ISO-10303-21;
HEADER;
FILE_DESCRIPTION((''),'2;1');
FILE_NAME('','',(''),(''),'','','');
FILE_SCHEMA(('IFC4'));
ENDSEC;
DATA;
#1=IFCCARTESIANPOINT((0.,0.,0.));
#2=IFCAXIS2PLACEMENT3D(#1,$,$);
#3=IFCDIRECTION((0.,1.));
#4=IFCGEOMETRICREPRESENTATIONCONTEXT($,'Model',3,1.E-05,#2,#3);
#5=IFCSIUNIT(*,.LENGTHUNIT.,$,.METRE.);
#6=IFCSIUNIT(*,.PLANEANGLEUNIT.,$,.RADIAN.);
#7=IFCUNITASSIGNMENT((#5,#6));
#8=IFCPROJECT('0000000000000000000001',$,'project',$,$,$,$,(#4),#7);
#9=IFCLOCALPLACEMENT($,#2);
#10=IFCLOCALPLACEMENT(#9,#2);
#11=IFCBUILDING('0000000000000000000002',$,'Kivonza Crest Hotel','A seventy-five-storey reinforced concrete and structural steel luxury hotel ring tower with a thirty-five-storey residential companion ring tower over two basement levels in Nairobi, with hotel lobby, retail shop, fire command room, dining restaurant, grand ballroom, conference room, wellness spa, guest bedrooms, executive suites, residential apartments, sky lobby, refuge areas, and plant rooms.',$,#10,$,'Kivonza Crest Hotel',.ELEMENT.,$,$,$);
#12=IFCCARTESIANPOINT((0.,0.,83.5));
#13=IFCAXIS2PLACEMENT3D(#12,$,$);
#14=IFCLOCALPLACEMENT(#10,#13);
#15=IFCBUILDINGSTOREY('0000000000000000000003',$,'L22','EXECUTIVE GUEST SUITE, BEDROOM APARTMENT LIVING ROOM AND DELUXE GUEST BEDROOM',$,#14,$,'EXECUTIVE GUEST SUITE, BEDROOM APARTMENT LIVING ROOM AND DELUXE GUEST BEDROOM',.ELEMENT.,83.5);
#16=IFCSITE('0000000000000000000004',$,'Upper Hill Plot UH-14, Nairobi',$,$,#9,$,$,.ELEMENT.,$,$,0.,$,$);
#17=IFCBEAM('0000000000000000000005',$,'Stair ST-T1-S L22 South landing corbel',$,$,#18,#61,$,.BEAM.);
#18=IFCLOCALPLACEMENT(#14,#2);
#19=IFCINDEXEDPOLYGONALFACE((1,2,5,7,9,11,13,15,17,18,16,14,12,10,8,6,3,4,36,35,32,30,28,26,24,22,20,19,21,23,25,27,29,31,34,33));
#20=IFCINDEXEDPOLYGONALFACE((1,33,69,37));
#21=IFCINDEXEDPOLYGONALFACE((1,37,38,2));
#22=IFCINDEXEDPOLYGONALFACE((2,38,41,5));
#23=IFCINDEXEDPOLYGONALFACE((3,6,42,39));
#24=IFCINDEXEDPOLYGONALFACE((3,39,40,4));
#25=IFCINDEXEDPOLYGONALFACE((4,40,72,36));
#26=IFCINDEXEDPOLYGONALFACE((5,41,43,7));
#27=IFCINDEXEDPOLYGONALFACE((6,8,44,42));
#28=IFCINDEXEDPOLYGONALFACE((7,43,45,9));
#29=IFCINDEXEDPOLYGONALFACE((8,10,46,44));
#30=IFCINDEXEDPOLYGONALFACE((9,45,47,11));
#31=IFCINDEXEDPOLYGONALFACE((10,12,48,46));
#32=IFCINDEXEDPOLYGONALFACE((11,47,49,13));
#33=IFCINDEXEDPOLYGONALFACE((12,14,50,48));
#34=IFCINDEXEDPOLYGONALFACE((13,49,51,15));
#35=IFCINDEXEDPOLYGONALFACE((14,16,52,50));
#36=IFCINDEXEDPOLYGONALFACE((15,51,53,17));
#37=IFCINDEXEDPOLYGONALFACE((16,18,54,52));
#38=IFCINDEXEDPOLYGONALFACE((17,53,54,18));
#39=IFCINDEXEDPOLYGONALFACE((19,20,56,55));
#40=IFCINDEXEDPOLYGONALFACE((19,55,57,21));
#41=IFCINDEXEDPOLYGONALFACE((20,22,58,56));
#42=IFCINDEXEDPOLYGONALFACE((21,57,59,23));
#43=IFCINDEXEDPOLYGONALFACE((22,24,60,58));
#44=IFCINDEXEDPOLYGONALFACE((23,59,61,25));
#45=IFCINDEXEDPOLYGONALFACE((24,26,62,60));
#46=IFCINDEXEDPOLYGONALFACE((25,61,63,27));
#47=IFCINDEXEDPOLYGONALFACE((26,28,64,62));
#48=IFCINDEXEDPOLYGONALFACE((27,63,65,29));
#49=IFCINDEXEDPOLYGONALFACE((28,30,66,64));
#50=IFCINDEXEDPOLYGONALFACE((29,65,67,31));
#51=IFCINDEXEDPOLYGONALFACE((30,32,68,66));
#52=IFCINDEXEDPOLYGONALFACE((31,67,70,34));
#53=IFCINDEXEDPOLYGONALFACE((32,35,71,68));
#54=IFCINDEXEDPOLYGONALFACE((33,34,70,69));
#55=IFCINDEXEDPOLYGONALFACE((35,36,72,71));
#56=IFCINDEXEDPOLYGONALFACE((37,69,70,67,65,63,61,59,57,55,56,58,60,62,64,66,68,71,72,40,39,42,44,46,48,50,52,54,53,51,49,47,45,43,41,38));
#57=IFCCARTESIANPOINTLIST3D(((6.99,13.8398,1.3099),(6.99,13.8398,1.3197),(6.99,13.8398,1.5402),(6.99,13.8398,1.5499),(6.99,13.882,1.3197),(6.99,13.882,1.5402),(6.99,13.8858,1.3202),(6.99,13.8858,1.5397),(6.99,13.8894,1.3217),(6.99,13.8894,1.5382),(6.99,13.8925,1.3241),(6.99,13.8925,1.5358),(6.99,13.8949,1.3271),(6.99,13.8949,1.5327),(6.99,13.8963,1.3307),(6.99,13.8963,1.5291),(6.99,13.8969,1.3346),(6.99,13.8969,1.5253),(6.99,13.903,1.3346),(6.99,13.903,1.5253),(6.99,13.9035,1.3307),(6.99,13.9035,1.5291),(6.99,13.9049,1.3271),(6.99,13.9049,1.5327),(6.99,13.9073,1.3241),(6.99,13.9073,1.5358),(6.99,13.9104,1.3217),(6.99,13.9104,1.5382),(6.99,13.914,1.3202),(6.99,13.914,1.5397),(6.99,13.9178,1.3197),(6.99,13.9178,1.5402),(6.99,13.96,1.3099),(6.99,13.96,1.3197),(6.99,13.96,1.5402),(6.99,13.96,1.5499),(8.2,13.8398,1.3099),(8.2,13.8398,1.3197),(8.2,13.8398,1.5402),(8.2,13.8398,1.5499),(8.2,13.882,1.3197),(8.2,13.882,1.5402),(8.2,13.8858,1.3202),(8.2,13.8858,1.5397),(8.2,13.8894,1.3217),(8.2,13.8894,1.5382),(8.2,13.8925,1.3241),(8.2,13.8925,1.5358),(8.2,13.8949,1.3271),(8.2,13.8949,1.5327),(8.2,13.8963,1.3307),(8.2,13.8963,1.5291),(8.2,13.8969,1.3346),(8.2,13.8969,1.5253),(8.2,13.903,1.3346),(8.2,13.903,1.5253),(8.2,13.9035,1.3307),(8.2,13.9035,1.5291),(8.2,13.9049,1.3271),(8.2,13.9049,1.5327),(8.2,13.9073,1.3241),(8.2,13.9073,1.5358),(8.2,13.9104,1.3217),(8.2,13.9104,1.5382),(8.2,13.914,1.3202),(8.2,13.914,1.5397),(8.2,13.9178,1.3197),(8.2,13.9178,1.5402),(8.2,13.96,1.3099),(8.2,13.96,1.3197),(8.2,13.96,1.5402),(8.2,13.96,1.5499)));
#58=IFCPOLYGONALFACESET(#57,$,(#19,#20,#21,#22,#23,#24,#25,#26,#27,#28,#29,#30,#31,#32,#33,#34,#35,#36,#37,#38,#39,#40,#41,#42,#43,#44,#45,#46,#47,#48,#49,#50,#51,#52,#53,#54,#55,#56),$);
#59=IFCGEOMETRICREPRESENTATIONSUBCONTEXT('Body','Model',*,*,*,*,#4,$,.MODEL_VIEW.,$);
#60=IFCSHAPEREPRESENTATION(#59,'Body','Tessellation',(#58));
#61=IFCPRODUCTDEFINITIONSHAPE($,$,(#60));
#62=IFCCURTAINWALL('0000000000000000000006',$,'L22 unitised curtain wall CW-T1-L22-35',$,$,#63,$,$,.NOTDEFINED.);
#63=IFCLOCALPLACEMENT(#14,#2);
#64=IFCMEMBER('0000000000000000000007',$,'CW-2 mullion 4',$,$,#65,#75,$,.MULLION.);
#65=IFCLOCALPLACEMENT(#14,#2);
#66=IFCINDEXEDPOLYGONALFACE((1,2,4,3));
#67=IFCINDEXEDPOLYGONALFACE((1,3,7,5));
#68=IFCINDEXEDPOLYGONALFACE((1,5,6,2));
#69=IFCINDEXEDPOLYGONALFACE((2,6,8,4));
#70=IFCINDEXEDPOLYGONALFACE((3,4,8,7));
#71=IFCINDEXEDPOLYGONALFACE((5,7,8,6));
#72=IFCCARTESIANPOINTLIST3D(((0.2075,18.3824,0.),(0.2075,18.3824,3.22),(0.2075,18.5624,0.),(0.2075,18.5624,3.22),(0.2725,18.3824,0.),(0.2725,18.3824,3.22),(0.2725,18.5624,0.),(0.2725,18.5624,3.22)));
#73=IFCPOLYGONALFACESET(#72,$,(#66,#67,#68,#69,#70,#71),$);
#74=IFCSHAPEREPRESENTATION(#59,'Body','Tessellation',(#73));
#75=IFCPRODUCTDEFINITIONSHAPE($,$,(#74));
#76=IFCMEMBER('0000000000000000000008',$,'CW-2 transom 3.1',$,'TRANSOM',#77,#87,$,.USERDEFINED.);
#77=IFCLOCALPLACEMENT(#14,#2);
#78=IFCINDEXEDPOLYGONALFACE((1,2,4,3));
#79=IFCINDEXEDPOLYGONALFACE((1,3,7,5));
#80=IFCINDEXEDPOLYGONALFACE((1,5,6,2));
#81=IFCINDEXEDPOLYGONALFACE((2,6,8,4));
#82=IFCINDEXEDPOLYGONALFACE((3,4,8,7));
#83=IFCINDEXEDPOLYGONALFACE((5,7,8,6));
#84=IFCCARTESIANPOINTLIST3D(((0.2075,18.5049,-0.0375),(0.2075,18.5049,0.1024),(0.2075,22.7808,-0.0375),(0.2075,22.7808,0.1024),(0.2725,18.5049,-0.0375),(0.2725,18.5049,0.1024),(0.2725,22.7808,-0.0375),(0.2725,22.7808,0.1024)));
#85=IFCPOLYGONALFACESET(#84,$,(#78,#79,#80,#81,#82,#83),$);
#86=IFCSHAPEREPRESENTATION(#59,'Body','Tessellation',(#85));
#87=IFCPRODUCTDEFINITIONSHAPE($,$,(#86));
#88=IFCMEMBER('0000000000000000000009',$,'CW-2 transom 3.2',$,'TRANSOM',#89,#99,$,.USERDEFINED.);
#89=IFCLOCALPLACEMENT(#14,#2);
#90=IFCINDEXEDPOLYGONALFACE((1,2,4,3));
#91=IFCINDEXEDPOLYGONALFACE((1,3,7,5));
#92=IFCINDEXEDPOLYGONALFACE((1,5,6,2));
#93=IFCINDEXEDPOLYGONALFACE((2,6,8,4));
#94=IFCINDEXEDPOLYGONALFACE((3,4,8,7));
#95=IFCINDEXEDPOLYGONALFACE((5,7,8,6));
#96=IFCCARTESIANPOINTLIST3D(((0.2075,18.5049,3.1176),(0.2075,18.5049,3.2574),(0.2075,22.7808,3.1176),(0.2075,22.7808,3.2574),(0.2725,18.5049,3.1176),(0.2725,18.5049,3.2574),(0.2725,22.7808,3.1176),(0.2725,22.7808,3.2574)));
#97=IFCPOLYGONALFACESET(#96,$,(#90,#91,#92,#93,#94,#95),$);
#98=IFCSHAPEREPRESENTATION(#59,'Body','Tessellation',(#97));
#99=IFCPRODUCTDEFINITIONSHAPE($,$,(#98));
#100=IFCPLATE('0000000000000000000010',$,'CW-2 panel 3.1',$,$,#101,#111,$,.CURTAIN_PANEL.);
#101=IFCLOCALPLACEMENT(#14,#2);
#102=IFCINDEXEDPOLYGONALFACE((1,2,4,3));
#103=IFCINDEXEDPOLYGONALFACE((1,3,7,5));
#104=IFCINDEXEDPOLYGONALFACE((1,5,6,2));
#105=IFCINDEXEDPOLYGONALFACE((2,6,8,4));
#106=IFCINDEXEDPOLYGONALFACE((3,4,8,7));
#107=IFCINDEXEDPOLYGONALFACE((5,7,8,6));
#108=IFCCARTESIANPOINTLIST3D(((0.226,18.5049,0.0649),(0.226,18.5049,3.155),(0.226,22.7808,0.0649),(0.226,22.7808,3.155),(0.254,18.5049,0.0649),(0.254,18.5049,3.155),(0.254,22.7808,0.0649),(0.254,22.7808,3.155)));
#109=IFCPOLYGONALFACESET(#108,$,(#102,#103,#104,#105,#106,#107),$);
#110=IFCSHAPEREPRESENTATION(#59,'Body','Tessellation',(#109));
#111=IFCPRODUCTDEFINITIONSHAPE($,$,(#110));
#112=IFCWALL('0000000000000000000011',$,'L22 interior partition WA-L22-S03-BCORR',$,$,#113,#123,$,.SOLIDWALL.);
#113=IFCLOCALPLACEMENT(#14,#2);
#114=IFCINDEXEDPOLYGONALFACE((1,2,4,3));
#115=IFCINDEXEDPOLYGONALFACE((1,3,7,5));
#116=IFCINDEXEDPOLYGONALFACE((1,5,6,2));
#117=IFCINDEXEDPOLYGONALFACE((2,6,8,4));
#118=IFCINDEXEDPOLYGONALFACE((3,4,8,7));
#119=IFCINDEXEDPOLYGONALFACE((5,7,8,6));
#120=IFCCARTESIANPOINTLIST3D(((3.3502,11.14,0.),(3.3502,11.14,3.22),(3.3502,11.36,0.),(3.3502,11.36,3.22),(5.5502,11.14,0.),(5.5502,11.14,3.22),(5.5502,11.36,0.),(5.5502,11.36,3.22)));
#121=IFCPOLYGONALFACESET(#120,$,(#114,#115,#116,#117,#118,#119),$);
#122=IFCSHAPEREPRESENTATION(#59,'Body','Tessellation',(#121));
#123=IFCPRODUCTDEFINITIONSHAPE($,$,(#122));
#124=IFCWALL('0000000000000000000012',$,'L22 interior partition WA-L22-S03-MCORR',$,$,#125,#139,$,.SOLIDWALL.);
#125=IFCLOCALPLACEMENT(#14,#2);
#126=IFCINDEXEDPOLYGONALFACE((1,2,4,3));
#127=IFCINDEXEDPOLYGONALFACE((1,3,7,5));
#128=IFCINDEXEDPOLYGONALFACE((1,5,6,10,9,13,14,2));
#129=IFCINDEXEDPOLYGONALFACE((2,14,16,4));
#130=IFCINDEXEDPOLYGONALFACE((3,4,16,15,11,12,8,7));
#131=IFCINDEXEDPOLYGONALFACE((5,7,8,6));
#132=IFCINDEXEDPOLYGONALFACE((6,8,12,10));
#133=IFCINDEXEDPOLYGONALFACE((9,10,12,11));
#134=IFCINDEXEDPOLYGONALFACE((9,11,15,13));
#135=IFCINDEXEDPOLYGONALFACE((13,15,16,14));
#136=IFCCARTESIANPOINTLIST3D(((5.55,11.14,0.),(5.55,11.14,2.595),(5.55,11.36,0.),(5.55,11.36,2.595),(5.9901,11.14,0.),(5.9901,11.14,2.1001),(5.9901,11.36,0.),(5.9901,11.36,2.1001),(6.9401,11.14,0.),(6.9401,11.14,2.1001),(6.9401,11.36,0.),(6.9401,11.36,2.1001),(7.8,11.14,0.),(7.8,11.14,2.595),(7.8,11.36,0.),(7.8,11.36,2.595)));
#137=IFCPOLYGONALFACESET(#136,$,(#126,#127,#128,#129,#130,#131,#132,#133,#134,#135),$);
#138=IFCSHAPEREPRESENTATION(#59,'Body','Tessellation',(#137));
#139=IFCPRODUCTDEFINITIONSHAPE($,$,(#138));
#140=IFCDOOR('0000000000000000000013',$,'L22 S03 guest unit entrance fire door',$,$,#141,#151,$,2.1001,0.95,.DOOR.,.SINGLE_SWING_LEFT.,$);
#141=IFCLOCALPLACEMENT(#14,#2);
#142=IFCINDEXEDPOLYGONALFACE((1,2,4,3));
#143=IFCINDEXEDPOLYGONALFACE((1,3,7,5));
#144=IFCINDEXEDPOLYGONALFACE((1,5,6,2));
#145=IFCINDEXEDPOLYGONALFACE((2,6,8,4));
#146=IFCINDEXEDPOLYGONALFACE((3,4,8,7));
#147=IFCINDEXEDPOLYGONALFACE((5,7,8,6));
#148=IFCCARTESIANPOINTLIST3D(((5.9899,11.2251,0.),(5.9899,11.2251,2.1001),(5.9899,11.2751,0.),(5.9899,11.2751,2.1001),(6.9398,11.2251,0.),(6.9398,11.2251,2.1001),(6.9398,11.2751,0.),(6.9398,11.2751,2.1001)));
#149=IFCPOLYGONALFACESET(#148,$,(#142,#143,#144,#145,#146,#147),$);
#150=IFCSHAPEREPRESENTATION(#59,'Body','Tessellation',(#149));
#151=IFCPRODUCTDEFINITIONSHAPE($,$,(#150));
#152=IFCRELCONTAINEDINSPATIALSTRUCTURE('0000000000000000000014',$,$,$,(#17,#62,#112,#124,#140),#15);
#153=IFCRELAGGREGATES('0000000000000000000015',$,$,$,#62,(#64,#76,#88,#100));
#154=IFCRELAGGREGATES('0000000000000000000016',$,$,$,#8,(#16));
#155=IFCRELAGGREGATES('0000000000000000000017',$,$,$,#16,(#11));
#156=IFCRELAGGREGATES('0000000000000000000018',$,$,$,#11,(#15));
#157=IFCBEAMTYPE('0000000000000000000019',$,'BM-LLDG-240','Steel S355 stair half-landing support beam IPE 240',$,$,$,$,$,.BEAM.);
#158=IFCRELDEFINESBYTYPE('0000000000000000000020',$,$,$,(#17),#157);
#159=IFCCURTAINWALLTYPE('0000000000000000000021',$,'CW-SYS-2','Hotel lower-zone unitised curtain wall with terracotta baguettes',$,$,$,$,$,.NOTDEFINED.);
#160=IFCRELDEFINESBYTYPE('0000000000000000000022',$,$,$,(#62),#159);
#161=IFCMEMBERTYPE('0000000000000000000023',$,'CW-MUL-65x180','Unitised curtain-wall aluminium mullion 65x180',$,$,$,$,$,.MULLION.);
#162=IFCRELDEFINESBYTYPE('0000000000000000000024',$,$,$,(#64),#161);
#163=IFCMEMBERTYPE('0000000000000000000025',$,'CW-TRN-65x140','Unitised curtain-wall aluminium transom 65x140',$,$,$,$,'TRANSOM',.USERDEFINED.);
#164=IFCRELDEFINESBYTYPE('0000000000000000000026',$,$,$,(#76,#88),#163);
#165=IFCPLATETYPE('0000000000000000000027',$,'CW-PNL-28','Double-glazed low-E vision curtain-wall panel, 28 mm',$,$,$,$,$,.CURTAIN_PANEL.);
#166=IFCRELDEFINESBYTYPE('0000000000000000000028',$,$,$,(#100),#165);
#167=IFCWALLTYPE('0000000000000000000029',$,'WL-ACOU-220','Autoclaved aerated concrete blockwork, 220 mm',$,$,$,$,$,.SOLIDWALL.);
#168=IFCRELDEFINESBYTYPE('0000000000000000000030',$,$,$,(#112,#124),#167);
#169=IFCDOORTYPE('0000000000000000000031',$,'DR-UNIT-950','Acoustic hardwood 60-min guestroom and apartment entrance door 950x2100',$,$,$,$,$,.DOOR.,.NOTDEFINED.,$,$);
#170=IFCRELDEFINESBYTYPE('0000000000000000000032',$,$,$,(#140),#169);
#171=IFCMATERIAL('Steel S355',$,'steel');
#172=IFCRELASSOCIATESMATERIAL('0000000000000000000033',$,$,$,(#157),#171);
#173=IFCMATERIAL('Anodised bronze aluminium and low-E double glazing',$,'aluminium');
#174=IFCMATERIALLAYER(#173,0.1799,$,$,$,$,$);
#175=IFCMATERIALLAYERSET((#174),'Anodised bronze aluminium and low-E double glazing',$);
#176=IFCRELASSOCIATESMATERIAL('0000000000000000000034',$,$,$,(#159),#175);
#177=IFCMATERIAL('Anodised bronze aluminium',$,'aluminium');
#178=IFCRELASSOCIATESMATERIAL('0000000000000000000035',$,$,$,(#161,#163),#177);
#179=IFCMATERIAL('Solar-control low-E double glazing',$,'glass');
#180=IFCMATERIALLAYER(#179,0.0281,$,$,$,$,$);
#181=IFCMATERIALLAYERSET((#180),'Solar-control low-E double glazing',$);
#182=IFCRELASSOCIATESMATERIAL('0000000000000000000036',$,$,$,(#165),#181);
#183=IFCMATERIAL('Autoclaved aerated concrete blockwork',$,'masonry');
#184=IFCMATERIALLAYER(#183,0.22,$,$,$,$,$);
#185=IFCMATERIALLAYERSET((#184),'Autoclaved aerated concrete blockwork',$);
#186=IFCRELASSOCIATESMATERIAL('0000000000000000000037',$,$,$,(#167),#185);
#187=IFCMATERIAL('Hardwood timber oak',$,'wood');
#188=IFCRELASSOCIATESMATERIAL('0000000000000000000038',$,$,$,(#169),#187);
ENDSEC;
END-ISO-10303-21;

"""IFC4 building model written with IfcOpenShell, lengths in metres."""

from ifc_helpers import new_model, si_unit, direction, frame, frame_2d, origin, origin_2d, place, context, subcontext, project, spatial, rectangle, i_section, extrude, material, layer, layer_set, material_profile, profile_set, type_object, element, fill, aggregate, save


model = new_model("IFC4")

# Units and contexts
model_context = context("Model", 3, precision=1e-05, world=origin(), true_north=direction((0.0, 1.0)))
body_context = subcontext(model_context, "Body", "Model", "MODEL_VIEW")
ifc_project = project(units=[si_unit("LENGTHUNIT", "METRE"), si_unit("PLANEANGLEUNIT", "RADIAN")], contexts=[model_context])

# Site, building, storey
site_placement = place(None, origin())
site = spatial("IfcSite", under=ifc_project, at=site_placement, Name="Upper Hill Plot UH-14, Nairobi", CompositionType="ELEMENT", RefElevation=0.0)
building_placement = place(site_placement, origin())
building = spatial("IfcBuilding", under=site, at=building_placement, Name="Kivonza Crest Hotel", Description="A seventy-five-storey reinforced concrete and structural steel luxury hotel ring tower with a thirty-five-storey residential companion ring tower over two basement levels in Nairobi, with hotel lobby, retail shop, fire command room, dining restaurant, grand ballroom, conference room, wellness spa, guest bedrooms, executive suites, residential apartments, sky lobby, refuge areas, and plant rooms.", LongName="Kivonza Crest Hotel", CompositionType="ELEMENT")
storey_placement = place(building_placement, frame((0.0, 0.0, 83.5)))
storey = spatial("IfcBuildingStorey", under=building, at=storey_placement, Name="L22", Description="EXECUTIVE GUEST SUITE, BEDROOM APARTMENT LIVING ROOM AND DELUXE GUEST BEDROOM", LongName="EXECUTIVE GUEST SUITE, BEDROOM APARTMENT LIVING ROOM AND DELUXE GUEST BEDROOM", CompositionType="ELEMENT", Elevation=83.5)

# Beam
ifc_material_1 = material(Name="Steel S355", Category="steel")
ifc_material_profile_1 = material_profile(ifc_material_1, i_section(OverallWidth=0.1201, OverallDepth=0.24, WebThickness=0.0061, FlangeThickness=0.0098, FilletRadius=0.0149, at=origin_2d()), Name="IPE 240")
ifc_profile_set_1 = profile_set([ifc_material_profile_1], Name="Steel S355")
beam_type_1 = type_object("IfcBeamType", Name="BM-LLDG-240", Description="Steel S355 stair half-landing support beam IPE 240", PredefinedType="BEAM", material=ifc_profile_set_1)
beam_1_placement = place(storey_placement, frame((6.99, 13.8999, 1.4299), z_axis=(1.0, 0.0, 0.0), x_axis=(0.0, 1.0, 0.0)))
element("IfcBeam", 1, at=beam_1_placement, inside=storey, type_object=beam_type_1, Name="Stair ST-T1-S L22 South landing corbel", PredefinedType="BEAM", context=body_context, shape_type="SweptSolid", body=[
    extrude(i_section(OverallWidth=0.1201, OverallDepth=0.24, WebThickness=0.0061, FlangeThickness=0.0098, FilletRadius=0.0149, at=origin_2d()), origin(), (0.0, 0.0, 1.0), 1.21),
])

# Curtain wall, members, plate
ifc_material_2 = material(Name="Anodised bronze aluminium and low-E double glazing", Category="aluminium")
ifc_layer_1 = layer(ifc_material_2, 0.1799)
ifc_layer_set_1 = layer_set([ifc_layer_1], Name="Anodised bronze aluminium and low-E double glazing")
curtain_wall_type = type_object("IfcCurtainWallType", Name="CW-SYS-2", Description="Hotel lower-zone unitised curtain wall with terracotta baguettes", PredefinedType="NOTDEFINED", material=ifc_layer_set_1)
curtain_wall_placement = place(storey_placement, origin())
curtain_wall = element("IfcCurtainWall", 2, at=curtain_wall_placement, inside=storey, type_object=curtain_wall_type, Name="L22 unitised curtain wall CW-T1-L22-35", PredefinedType="NOTDEFINED")
ifc_material_3 = material(Name="Anodised bronze aluminium", Category="aluminium")
ifc_material_profile_2 = material_profile(ifc_material_3, rectangle(XDim=0.0649, YDim=0.1799, at=origin_2d()), Name="CW-M 65x180")
ifc_profile_set_2 = profile_set([ifc_material_profile_2], Name="Anodised bronze aluminium")
member_type_1 = type_object("IfcMemberType", Name="CW-MUL-65x180", Description="Unitised curtain-wall aluminium mullion 65x180", PredefinedType="MULLION", material=ifc_profile_set_2)
member_1_placement = place(storey_placement, frame((0.24, 18.4724, 0.0), z_axis=(0.0, 0.0, 1.0), x_axis=(1.0, 0.0, 0.0)))
member_1 = element("IfcMember", 3, at=member_1_placement, type_object=member_type_1, Name="CW-2 mullion 4", PredefinedType="MULLION", context=body_context, shape_type="SweptSolid", body=[
    extrude(rectangle(XDim=0.0649, YDim=0.1799, at=origin_2d()), origin(), (0.0, 0.0, 1.0), 3.22),
])
ifc_material_profile_3 = material_profile(ifc_material_3, rectangle(XDim=0.0649, YDim=0.1399, at=origin_2d()), Name="CW-T 65x140")
ifc_profile_set_3 = profile_set([ifc_material_profile_3], Name="Anodised bronze aluminium")
member_type_2 = type_object("IfcMemberType", Name="CW-TRN-65x140", Description="Unitised curtain-wall aluminium transom 65x140", ElementType="TRANSOM", PredefinedType="USERDEFINED", material=ifc_profile_set_3)
member_2_placement = place(storey_placement, frame((0.24, 22.7808, 0.0325), z_axis=(0.0, -1.0, 0.0), x_axis=(1.0, 0.0, 0.0)))
member_2 = element("IfcMember", 4, at=member_2_placement, type_object=member_type_2, Name="CW-2 transom 3.1", ObjectType="TRANSOM", PredefinedType="USERDEFINED", context=body_context, shape_type="SweptSolid", body=[
    extrude(rectangle(XDim=0.0649, YDim=0.1399, at=origin_2d()), origin(), (0.0, 0.0, 1.0), 4.2759),
])
member_3_placement = place(storey_placement, frame((0.24, 22.7808, 3.1875), z_axis=(0.0, -1.0, 0.0), x_axis=(1.0, 0.0, 0.0)))
member_3 = element("IfcMember", 5, at=member_3_placement, type_object=member_type_2, Name="CW-2 transom 3.2", ObjectType="TRANSOM", PredefinedType="USERDEFINED", context=body_context, shape_type="SweptSolid", body=[
    extrude(rectangle(XDim=0.0649, YDim=0.1399, at=origin_2d()), origin(), (0.0, 0.0, 1.0), 4.2759),
])
ifc_material_4 = material(Name="Solar-control low-E double glazing", Category="glass")
ifc_layer_2 = layer(ifc_material_4, 0.0281)
ifc_layer_set_2 = layer_set([ifc_layer_2], Name="Solar-control low-E double glazing")
plate_type = type_object("IfcPlateType", Name="CW-PNL-28", Description="Double-glazed low-E vision curtain-wall panel, 28 mm", PredefinedType="CURTAIN_PANEL", material=ifc_layer_set_2)
plate_placement = place(storey_placement, frame((0.24, 20.6428, 0.0649), z_axis=(0.0, 0.0, 1.0), x_axis=(0.0, -1.0, 0.0)))
plate = element("IfcPlate", 6, at=plate_placement, type_object=plate_type, Name="CW-2 panel 3.1", PredefinedType="CURTAIN_PANEL", context=body_context, shape_type="SweptSolid", body=[
    extrude(rectangle(XDim=4.2759, YDim=0.0281, at=origin_2d()), origin(), (0.0, 0.0, 1.0), 3.0901),
])
aggregate(curtain_wall, [member_1, member_2, member_3, plate])

# Wall
ifc_material_5 = material(Name="Autoclaved aerated concrete blockwork", Category="masonry")
ifc_layer_3 = layer(ifc_material_5, 0.22)
ifc_layer_set_3 = layer_set([ifc_layer_3], Name="Autoclaved aerated concrete blockwork")
wall_type_1 = type_object("IfcWallType", Name="WL-ACOU-220", Description="Autoclaved aerated concrete blockwork, 220 mm", PredefinedType="SOLIDWALL", material=ifc_layer_set_3)
wall_1_placement = place(storey_placement, frame((3.3501, 11.25, 0.0), z_axis=(0.0, 0.0, 1.0), x_axis=(1.0, 0.0, 0.0)))
element("IfcWall", 7, at=wall_1_placement, inside=storey, type_object=wall_type_1, Name="L22 interior partition WA-L22-S03-BCORR", PredefinedType="SOLIDWALL", context=body_context, shape_type="SweptSolid", body=[
    extrude(rectangle(XDim=2.2, YDim=0.22, at=frame_2d((1.1001, 0.0))), origin(), (0.0, 0.0, 1.0), 3.22),
])

# Wall, opening, door
wall_2_placement = place(storey_placement, frame((5.55, 11.25, 0.0), z_axis=(0.0, 0.0, 1.0), x_axis=(1.0, 0.0, 0.0)))
wall_2 = element("IfcWall", 8, at=wall_2_placement, inside=storey, type_object=wall_type_1, Name="L22 interior partition WA-L22-S03-MCORR", PredefinedType="SOLIDWALL", context=body_context, shape_type="SweptSolid", body=[
    extrude(rectangle(XDim=2.25, YDim=0.22, at=frame_2d((1.125, 0.0))), origin(), (0.0, 0.0, 1.0), 2.595),
])
opening_1_placement = place(wall_2_placement, frame((0.4399, 0.0, 0.0)))
opening_1 = element("IfcOpeningElement", 9, at=opening_1_placement, cuts=wall_2, PredefinedType="OPENING", context=body_context, shape_type="SweptSolid", body=[
    extrude(rectangle(XDim=0.95, YDim=2.1001, at=frame_2d((0.4751, 1.05))), frame((0.0, 0.1201, 0.0), z_axis=(0.0, -1.0, 0.0), x_axis=(1.0, 0.0, 0.0)), (0.0, 0.0, 1.0), 0.24),
])
ifc_material_6 = material(Name="Hardwood timber oak", Category="wood")
door_type_1 = type_object("IfcDoorType", Name="DR-UNIT-950", Description="Acoustic hardwood 60-min guestroom and apartment entrance door 950x2100", OperationType="NOTDEFINED", PredefinedType="DOOR", material=ifc_material_6)
door_1_placement = place(opening_1_placement, frame((0.95, 0.0, 0.0), z_axis=(0.0, 0.0, 1.0), x_axis=(-1.0, 0.0, 0.0)))
door_1 = element("IfcDoor", 10, at=door_1_placement, inside=storey, type_object=door_type_1, Name="L22 S03 guest unit entrance fire door", OperationType="SINGLE_SWING_LEFT", OverallHeight=2.1001, OverallWidth=0.95, PredefinedType="DOOR", context=body_context, shape_type="SweptSolid", body=[
    extrude(rectangle(XDim=0.95, YDim=2.1001, at=frame_2d((0.4751, 1.05))), frame((0.0, 0.0249, 0.0), z_axis=(0.0, -1.0, 0.0), x_axis=(1.0, 0.0, 0.0)), (0.0, 0.0, 1.0), 0.05),
])
fill(opening_1, door_1)

save(model, "model.ifc")
